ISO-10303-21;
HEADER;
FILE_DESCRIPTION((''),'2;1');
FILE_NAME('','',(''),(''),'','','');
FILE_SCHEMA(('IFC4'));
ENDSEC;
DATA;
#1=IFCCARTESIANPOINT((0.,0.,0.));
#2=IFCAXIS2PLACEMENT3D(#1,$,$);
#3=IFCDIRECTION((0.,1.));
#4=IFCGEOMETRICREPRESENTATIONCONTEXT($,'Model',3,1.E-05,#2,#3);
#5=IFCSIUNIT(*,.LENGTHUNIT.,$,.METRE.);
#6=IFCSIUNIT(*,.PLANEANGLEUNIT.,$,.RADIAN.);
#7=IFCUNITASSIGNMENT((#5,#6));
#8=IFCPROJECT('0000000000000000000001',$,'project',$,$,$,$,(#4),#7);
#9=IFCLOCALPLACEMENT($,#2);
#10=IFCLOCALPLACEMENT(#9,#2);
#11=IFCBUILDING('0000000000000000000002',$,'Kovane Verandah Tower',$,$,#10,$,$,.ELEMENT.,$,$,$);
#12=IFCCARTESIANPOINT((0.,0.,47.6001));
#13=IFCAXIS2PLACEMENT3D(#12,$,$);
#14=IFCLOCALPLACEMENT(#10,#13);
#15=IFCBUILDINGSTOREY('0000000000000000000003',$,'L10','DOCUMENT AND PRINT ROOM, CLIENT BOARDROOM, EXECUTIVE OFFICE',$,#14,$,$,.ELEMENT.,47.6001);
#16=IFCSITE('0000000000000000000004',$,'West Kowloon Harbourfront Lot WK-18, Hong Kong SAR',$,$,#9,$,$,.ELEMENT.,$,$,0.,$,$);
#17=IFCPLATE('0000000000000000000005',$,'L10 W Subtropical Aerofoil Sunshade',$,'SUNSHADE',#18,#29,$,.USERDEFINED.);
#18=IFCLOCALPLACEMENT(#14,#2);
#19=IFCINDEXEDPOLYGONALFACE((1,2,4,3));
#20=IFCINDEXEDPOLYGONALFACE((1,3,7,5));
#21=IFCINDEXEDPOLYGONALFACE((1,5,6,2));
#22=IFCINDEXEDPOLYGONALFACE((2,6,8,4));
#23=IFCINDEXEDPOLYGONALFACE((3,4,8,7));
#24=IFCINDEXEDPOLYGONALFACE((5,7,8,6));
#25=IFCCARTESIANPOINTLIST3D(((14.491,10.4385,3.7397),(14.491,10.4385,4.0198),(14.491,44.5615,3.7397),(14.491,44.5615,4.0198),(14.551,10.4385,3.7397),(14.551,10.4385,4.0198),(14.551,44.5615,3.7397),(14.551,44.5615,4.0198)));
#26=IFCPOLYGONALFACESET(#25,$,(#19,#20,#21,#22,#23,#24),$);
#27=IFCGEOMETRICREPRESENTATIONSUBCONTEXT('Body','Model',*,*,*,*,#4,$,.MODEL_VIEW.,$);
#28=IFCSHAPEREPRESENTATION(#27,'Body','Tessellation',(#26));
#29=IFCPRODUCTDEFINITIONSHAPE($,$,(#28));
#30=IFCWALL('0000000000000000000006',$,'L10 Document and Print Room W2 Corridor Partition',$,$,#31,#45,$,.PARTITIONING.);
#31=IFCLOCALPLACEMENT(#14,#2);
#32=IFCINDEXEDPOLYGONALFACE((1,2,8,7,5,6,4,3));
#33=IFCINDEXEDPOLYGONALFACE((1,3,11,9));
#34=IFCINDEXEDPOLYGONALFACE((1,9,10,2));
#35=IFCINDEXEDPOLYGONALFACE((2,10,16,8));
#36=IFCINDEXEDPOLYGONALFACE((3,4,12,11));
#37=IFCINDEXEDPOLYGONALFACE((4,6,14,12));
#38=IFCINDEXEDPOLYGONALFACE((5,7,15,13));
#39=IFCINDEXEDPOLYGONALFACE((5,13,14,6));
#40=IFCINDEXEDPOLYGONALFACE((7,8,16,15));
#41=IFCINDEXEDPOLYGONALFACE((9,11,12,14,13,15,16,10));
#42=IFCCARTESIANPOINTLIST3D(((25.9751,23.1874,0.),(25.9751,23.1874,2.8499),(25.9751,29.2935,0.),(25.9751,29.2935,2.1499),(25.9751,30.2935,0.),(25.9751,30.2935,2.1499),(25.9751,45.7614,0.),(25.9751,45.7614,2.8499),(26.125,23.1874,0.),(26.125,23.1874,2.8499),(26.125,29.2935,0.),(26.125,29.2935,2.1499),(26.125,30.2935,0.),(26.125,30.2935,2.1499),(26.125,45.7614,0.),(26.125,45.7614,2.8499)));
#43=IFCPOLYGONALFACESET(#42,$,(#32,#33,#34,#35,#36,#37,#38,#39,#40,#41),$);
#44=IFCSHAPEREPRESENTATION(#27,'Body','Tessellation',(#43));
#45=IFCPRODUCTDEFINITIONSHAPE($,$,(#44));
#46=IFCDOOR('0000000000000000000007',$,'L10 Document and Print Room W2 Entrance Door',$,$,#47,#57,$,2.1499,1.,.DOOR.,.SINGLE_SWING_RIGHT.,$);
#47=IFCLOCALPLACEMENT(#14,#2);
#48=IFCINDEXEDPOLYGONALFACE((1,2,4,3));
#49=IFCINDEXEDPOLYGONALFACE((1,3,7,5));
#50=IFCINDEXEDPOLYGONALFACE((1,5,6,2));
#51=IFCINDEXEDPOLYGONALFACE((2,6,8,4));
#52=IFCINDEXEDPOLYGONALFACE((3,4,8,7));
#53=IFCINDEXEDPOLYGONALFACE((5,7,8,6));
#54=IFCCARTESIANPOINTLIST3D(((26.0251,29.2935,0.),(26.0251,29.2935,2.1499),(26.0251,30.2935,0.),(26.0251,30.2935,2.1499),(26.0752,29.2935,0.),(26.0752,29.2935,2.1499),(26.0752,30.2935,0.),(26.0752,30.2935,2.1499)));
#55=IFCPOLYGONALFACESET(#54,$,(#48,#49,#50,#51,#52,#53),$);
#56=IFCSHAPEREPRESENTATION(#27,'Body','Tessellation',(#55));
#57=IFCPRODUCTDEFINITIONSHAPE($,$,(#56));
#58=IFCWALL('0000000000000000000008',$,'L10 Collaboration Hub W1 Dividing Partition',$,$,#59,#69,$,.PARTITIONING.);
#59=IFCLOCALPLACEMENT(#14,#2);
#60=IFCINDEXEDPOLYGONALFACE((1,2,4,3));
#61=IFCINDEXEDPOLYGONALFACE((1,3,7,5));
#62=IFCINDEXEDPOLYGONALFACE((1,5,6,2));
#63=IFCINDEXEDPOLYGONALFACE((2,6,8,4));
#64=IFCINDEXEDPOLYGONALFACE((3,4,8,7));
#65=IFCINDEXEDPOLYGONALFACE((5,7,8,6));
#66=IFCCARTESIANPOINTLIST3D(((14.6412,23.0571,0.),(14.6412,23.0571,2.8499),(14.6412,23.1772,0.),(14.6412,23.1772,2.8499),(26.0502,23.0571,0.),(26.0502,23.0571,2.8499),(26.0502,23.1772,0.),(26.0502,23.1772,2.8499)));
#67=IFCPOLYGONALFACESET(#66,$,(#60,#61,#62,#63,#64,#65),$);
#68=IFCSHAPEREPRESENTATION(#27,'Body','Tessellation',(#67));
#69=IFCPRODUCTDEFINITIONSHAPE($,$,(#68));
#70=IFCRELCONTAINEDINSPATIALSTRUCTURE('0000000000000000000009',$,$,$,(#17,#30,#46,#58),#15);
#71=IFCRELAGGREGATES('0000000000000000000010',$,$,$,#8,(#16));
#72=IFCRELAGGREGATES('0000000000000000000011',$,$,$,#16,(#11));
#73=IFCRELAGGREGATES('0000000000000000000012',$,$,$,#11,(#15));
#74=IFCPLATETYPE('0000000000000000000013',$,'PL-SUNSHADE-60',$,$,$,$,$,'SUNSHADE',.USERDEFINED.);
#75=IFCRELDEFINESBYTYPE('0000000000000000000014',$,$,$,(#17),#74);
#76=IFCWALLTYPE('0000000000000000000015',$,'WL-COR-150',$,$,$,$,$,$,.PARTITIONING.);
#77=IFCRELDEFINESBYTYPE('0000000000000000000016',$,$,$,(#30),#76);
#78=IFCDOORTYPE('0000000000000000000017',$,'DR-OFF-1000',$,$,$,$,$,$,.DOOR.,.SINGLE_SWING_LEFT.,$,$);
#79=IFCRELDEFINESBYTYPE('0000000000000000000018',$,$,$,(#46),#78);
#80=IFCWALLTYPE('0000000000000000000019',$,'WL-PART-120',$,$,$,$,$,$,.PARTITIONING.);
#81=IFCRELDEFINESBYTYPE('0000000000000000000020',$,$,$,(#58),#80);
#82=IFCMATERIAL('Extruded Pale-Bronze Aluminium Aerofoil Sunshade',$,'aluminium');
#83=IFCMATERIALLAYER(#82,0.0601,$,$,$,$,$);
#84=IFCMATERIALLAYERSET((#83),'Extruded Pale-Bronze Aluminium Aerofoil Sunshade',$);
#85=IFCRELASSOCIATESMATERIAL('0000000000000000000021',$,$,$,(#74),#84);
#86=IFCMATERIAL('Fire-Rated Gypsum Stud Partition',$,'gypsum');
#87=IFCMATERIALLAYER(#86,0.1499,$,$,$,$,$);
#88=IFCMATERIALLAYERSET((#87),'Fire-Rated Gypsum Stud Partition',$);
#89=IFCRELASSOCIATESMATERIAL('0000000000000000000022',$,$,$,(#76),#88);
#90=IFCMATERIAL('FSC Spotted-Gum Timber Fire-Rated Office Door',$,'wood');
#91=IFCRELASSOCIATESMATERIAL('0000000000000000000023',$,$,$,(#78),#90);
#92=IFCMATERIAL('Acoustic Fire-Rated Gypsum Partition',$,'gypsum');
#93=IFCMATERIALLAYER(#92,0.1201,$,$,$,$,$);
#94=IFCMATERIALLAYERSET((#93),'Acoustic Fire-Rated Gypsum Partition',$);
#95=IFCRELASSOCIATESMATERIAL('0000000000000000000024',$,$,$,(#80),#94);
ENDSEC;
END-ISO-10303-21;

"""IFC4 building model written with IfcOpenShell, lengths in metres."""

from ifc_helpers import new_model, si_unit, direction, frame, frame_2d, origin, origin_2d, place, context, subcontext, project, spatial, rectangle, extrude, material, layer, layer_set, type_object, element, fill, save


model = new_model("IFC4")

# Units and contexts
model_context = context("Model", 3, precision=1e-05, world=origin(), true_north=direction((0.0, 1.0)))
body_context = subcontext(model_context, "Body", "Model", "MODEL_VIEW")
ifc_project = project(units=[si_unit("LENGTHUNIT", "METRE"), si_unit("PLANEANGLEUNIT", "RADIAN")], contexts=[model_context])

# Site, building, storey
site_placement = place(None, origin())
site = spatial("IfcSite", under=ifc_project, at=site_placement, Name="West Kowloon Harbourfront Lot WK-18, Hong Kong SAR", CompositionType="ELEMENT", RefElevation=0.0)
building_placement = place(site_placement, origin())
building = spatial("IfcBuilding", under=site, at=building_placement, Name="Kovane Verandah Tower", CompositionType="ELEMENT")
storey_placement = place(building_placement, frame((0.0, 0.0, 47.6001)))
storey = spatial("IfcBuildingStorey", under=building, at=storey_placement, Name="L10", Description="DOCUMENT AND PRINT ROOM, CLIENT BOARDROOM, EXECUTIVE OFFICE", CompositionType="ELEMENT", Elevation=47.6001)

# Plate
ifc_material_1 = material(Name="Extruded Pale-Bronze Aluminium Aerofoil Sunshade", Category="aluminium")
ifc_layer_1 = layer(ifc_material_1, 0.0601)
ifc_layer_set_1 = layer_set([ifc_layer_1], Name="Extruded Pale-Bronze Aluminium Aerofoil Sunshade")
plate_type_1 = type_object("IfcPlateType", Name="PL-SUNSHADE-60", ElementType="SUNSHADE", PredefinedType="USERDEFINED", material=ifc_layer_set_1)
plate_1_placement = place(storey_placement, frame((14.521, 27.5, 3.7397), z_axis=(0.0, 0.0, 1.0), x_axis=(0.0, -1.0, 0.0)))
element("IfcPlate", 1, at=plate_1_placement, inside=storey, type_object=plate_type_1, Name="L10 W Subtropical Aerofoil Sunshade", ObjectType="SUNSHADE", PredefinedType="USERDEFINED", context=body_context, shape_type="SweptSolid", body=[
    extrude(rectangle(XDim=34.123, YDim=0.0601, at=origin_2d()), origin(), (0.0, 0.0, 1.0), 0.28),
])

# Wall, opening, door
ifc_material_2 = material(Name="Fire-Rated Gypsum Stud Partition", Category="gypsum")
ifc_layer_2 = layer(ifc_material_2, 0.1499)
ifc_layer_set_2 = layer_set([ifc_layer_2], Name="Fire-Rated Gypsum Stud Partition")
wall_type_1 = type_object("IfcWallType", Name="WL-COR-150", PredefinedType="PARTITIONING", material=ifc_layer_set_2)
wall_1_placement = place(storey_placement, frame((26.05, 23.1873, 0.0), z_axis=(0.0, 0.0, 1.0), x_axis=(0.0, 1.0, 0.0)))
wall_1 = element("IfcWall", 2, at=wall_1_placement, inside=storey, type_object=wall_type_1, Name="L10 Document and Print Room W2 Corridor Partition", PredefinedType="PARTITIONING", context=body_context, shape_type="SweptSolid", body=[
    extrude(rectangle(XDim=22.574, YDim=0.1499, at=frame_2d((11.2871, 0.0))), origin(), (0.0, 0.0, 1.0), 2.8499),
])
opening_placement = place(wall_1_placement, frame((6.1062, 0.0, 0.0)))
opening = element("IfcOpeningElement", 3, at=opening_placement, cuts=wall_1, PredefinedType="OPENING", context=body_context, shape_type="SweptSolid", body=[
    extrude(rectangle(XDim=1.0, YDim=2.1499, at=frame_2d((0.5, 1.075))), frame((0.0, 0.075, 0.0), z_axis=(0.0, -1.0, 0.0), x_axis=(1.0, 0.0, 0.0)), (0.0, 0.0, 1.0), 0.1499),
])
ifc_material_3 = material(Name="FSC Spotted-Gum Timber Fire-Rated Office Door", Category="wood")
door_type = type_object("IfcDoorType", Name="DR-OFF-1000", OperationType="SINGLE_SWING_LEFT", PredefinedType="DOOR", material=ifc_material_3)
door_placement = place(opening_placement, origin())
door = element("IfcDoor", 4, at=door_placement, inside=storey, type_object=door_type, Name="L10 Document and Print Room W2 Entrance Door", OperationType="SINGLE_SWING_RIGHT", OverallHeight=2.1499, OverallWidth=1.0, PredefinedType="DOOR", context=body_context, shape_type="SweptSolid", body=[
    extrude(rectangle(XDim=1.0, YDim=2.1499, at=frame_2d((0.5, 1.075))), frame((0.0, 0.0249, 0.0), z_axis=(0.0, -1.0, 0.0), x_axis=(1.0, 0.0, 0.0)), (0.0, 0.0, 1.0), 0.05),
])
fill(opening, door)

# Wall
ifc_material_4 = material(Name="Acoustic Fire-Rated Gypsum Partition", Category="gypsum")
ifc_layer_3 = layer(ifc_material_4, 0.1201)
ifc_layer_set_3 = layer_set([ifc_layer_3], Name="Acoustic Fire-Rated Gypsum Partition")
wall_type_2 = type_object("IfcWallType", Name="WL-PART-120", PredefinedType="PARTITIONING", material=ifc_layer_set_3)
wall_2_placement = place(storey_placement, frame((14.6411, 23.1172, 0.0), z_axis=(0.0, 0.0, 1.0), x_axis=(1.0, 0.0, 0.0)))
element("IfcWall", 5, at=wall_2_placement, inside=storey, type_object=wall_type_2, Name="L10 Collaboration Hub W1 Dividing Partition", PredefinedType="PARTITIONING", context=body_context, shape_type="SweptSolid", body=[
    extrude(rectangle(XDim=11.4089, YDim=0.1201, at=frame_2d((5.7046, 0.0))), origin(), (0.0, 0.0, 1.0), 2.8499),
])

save(model, "model.ifc")
